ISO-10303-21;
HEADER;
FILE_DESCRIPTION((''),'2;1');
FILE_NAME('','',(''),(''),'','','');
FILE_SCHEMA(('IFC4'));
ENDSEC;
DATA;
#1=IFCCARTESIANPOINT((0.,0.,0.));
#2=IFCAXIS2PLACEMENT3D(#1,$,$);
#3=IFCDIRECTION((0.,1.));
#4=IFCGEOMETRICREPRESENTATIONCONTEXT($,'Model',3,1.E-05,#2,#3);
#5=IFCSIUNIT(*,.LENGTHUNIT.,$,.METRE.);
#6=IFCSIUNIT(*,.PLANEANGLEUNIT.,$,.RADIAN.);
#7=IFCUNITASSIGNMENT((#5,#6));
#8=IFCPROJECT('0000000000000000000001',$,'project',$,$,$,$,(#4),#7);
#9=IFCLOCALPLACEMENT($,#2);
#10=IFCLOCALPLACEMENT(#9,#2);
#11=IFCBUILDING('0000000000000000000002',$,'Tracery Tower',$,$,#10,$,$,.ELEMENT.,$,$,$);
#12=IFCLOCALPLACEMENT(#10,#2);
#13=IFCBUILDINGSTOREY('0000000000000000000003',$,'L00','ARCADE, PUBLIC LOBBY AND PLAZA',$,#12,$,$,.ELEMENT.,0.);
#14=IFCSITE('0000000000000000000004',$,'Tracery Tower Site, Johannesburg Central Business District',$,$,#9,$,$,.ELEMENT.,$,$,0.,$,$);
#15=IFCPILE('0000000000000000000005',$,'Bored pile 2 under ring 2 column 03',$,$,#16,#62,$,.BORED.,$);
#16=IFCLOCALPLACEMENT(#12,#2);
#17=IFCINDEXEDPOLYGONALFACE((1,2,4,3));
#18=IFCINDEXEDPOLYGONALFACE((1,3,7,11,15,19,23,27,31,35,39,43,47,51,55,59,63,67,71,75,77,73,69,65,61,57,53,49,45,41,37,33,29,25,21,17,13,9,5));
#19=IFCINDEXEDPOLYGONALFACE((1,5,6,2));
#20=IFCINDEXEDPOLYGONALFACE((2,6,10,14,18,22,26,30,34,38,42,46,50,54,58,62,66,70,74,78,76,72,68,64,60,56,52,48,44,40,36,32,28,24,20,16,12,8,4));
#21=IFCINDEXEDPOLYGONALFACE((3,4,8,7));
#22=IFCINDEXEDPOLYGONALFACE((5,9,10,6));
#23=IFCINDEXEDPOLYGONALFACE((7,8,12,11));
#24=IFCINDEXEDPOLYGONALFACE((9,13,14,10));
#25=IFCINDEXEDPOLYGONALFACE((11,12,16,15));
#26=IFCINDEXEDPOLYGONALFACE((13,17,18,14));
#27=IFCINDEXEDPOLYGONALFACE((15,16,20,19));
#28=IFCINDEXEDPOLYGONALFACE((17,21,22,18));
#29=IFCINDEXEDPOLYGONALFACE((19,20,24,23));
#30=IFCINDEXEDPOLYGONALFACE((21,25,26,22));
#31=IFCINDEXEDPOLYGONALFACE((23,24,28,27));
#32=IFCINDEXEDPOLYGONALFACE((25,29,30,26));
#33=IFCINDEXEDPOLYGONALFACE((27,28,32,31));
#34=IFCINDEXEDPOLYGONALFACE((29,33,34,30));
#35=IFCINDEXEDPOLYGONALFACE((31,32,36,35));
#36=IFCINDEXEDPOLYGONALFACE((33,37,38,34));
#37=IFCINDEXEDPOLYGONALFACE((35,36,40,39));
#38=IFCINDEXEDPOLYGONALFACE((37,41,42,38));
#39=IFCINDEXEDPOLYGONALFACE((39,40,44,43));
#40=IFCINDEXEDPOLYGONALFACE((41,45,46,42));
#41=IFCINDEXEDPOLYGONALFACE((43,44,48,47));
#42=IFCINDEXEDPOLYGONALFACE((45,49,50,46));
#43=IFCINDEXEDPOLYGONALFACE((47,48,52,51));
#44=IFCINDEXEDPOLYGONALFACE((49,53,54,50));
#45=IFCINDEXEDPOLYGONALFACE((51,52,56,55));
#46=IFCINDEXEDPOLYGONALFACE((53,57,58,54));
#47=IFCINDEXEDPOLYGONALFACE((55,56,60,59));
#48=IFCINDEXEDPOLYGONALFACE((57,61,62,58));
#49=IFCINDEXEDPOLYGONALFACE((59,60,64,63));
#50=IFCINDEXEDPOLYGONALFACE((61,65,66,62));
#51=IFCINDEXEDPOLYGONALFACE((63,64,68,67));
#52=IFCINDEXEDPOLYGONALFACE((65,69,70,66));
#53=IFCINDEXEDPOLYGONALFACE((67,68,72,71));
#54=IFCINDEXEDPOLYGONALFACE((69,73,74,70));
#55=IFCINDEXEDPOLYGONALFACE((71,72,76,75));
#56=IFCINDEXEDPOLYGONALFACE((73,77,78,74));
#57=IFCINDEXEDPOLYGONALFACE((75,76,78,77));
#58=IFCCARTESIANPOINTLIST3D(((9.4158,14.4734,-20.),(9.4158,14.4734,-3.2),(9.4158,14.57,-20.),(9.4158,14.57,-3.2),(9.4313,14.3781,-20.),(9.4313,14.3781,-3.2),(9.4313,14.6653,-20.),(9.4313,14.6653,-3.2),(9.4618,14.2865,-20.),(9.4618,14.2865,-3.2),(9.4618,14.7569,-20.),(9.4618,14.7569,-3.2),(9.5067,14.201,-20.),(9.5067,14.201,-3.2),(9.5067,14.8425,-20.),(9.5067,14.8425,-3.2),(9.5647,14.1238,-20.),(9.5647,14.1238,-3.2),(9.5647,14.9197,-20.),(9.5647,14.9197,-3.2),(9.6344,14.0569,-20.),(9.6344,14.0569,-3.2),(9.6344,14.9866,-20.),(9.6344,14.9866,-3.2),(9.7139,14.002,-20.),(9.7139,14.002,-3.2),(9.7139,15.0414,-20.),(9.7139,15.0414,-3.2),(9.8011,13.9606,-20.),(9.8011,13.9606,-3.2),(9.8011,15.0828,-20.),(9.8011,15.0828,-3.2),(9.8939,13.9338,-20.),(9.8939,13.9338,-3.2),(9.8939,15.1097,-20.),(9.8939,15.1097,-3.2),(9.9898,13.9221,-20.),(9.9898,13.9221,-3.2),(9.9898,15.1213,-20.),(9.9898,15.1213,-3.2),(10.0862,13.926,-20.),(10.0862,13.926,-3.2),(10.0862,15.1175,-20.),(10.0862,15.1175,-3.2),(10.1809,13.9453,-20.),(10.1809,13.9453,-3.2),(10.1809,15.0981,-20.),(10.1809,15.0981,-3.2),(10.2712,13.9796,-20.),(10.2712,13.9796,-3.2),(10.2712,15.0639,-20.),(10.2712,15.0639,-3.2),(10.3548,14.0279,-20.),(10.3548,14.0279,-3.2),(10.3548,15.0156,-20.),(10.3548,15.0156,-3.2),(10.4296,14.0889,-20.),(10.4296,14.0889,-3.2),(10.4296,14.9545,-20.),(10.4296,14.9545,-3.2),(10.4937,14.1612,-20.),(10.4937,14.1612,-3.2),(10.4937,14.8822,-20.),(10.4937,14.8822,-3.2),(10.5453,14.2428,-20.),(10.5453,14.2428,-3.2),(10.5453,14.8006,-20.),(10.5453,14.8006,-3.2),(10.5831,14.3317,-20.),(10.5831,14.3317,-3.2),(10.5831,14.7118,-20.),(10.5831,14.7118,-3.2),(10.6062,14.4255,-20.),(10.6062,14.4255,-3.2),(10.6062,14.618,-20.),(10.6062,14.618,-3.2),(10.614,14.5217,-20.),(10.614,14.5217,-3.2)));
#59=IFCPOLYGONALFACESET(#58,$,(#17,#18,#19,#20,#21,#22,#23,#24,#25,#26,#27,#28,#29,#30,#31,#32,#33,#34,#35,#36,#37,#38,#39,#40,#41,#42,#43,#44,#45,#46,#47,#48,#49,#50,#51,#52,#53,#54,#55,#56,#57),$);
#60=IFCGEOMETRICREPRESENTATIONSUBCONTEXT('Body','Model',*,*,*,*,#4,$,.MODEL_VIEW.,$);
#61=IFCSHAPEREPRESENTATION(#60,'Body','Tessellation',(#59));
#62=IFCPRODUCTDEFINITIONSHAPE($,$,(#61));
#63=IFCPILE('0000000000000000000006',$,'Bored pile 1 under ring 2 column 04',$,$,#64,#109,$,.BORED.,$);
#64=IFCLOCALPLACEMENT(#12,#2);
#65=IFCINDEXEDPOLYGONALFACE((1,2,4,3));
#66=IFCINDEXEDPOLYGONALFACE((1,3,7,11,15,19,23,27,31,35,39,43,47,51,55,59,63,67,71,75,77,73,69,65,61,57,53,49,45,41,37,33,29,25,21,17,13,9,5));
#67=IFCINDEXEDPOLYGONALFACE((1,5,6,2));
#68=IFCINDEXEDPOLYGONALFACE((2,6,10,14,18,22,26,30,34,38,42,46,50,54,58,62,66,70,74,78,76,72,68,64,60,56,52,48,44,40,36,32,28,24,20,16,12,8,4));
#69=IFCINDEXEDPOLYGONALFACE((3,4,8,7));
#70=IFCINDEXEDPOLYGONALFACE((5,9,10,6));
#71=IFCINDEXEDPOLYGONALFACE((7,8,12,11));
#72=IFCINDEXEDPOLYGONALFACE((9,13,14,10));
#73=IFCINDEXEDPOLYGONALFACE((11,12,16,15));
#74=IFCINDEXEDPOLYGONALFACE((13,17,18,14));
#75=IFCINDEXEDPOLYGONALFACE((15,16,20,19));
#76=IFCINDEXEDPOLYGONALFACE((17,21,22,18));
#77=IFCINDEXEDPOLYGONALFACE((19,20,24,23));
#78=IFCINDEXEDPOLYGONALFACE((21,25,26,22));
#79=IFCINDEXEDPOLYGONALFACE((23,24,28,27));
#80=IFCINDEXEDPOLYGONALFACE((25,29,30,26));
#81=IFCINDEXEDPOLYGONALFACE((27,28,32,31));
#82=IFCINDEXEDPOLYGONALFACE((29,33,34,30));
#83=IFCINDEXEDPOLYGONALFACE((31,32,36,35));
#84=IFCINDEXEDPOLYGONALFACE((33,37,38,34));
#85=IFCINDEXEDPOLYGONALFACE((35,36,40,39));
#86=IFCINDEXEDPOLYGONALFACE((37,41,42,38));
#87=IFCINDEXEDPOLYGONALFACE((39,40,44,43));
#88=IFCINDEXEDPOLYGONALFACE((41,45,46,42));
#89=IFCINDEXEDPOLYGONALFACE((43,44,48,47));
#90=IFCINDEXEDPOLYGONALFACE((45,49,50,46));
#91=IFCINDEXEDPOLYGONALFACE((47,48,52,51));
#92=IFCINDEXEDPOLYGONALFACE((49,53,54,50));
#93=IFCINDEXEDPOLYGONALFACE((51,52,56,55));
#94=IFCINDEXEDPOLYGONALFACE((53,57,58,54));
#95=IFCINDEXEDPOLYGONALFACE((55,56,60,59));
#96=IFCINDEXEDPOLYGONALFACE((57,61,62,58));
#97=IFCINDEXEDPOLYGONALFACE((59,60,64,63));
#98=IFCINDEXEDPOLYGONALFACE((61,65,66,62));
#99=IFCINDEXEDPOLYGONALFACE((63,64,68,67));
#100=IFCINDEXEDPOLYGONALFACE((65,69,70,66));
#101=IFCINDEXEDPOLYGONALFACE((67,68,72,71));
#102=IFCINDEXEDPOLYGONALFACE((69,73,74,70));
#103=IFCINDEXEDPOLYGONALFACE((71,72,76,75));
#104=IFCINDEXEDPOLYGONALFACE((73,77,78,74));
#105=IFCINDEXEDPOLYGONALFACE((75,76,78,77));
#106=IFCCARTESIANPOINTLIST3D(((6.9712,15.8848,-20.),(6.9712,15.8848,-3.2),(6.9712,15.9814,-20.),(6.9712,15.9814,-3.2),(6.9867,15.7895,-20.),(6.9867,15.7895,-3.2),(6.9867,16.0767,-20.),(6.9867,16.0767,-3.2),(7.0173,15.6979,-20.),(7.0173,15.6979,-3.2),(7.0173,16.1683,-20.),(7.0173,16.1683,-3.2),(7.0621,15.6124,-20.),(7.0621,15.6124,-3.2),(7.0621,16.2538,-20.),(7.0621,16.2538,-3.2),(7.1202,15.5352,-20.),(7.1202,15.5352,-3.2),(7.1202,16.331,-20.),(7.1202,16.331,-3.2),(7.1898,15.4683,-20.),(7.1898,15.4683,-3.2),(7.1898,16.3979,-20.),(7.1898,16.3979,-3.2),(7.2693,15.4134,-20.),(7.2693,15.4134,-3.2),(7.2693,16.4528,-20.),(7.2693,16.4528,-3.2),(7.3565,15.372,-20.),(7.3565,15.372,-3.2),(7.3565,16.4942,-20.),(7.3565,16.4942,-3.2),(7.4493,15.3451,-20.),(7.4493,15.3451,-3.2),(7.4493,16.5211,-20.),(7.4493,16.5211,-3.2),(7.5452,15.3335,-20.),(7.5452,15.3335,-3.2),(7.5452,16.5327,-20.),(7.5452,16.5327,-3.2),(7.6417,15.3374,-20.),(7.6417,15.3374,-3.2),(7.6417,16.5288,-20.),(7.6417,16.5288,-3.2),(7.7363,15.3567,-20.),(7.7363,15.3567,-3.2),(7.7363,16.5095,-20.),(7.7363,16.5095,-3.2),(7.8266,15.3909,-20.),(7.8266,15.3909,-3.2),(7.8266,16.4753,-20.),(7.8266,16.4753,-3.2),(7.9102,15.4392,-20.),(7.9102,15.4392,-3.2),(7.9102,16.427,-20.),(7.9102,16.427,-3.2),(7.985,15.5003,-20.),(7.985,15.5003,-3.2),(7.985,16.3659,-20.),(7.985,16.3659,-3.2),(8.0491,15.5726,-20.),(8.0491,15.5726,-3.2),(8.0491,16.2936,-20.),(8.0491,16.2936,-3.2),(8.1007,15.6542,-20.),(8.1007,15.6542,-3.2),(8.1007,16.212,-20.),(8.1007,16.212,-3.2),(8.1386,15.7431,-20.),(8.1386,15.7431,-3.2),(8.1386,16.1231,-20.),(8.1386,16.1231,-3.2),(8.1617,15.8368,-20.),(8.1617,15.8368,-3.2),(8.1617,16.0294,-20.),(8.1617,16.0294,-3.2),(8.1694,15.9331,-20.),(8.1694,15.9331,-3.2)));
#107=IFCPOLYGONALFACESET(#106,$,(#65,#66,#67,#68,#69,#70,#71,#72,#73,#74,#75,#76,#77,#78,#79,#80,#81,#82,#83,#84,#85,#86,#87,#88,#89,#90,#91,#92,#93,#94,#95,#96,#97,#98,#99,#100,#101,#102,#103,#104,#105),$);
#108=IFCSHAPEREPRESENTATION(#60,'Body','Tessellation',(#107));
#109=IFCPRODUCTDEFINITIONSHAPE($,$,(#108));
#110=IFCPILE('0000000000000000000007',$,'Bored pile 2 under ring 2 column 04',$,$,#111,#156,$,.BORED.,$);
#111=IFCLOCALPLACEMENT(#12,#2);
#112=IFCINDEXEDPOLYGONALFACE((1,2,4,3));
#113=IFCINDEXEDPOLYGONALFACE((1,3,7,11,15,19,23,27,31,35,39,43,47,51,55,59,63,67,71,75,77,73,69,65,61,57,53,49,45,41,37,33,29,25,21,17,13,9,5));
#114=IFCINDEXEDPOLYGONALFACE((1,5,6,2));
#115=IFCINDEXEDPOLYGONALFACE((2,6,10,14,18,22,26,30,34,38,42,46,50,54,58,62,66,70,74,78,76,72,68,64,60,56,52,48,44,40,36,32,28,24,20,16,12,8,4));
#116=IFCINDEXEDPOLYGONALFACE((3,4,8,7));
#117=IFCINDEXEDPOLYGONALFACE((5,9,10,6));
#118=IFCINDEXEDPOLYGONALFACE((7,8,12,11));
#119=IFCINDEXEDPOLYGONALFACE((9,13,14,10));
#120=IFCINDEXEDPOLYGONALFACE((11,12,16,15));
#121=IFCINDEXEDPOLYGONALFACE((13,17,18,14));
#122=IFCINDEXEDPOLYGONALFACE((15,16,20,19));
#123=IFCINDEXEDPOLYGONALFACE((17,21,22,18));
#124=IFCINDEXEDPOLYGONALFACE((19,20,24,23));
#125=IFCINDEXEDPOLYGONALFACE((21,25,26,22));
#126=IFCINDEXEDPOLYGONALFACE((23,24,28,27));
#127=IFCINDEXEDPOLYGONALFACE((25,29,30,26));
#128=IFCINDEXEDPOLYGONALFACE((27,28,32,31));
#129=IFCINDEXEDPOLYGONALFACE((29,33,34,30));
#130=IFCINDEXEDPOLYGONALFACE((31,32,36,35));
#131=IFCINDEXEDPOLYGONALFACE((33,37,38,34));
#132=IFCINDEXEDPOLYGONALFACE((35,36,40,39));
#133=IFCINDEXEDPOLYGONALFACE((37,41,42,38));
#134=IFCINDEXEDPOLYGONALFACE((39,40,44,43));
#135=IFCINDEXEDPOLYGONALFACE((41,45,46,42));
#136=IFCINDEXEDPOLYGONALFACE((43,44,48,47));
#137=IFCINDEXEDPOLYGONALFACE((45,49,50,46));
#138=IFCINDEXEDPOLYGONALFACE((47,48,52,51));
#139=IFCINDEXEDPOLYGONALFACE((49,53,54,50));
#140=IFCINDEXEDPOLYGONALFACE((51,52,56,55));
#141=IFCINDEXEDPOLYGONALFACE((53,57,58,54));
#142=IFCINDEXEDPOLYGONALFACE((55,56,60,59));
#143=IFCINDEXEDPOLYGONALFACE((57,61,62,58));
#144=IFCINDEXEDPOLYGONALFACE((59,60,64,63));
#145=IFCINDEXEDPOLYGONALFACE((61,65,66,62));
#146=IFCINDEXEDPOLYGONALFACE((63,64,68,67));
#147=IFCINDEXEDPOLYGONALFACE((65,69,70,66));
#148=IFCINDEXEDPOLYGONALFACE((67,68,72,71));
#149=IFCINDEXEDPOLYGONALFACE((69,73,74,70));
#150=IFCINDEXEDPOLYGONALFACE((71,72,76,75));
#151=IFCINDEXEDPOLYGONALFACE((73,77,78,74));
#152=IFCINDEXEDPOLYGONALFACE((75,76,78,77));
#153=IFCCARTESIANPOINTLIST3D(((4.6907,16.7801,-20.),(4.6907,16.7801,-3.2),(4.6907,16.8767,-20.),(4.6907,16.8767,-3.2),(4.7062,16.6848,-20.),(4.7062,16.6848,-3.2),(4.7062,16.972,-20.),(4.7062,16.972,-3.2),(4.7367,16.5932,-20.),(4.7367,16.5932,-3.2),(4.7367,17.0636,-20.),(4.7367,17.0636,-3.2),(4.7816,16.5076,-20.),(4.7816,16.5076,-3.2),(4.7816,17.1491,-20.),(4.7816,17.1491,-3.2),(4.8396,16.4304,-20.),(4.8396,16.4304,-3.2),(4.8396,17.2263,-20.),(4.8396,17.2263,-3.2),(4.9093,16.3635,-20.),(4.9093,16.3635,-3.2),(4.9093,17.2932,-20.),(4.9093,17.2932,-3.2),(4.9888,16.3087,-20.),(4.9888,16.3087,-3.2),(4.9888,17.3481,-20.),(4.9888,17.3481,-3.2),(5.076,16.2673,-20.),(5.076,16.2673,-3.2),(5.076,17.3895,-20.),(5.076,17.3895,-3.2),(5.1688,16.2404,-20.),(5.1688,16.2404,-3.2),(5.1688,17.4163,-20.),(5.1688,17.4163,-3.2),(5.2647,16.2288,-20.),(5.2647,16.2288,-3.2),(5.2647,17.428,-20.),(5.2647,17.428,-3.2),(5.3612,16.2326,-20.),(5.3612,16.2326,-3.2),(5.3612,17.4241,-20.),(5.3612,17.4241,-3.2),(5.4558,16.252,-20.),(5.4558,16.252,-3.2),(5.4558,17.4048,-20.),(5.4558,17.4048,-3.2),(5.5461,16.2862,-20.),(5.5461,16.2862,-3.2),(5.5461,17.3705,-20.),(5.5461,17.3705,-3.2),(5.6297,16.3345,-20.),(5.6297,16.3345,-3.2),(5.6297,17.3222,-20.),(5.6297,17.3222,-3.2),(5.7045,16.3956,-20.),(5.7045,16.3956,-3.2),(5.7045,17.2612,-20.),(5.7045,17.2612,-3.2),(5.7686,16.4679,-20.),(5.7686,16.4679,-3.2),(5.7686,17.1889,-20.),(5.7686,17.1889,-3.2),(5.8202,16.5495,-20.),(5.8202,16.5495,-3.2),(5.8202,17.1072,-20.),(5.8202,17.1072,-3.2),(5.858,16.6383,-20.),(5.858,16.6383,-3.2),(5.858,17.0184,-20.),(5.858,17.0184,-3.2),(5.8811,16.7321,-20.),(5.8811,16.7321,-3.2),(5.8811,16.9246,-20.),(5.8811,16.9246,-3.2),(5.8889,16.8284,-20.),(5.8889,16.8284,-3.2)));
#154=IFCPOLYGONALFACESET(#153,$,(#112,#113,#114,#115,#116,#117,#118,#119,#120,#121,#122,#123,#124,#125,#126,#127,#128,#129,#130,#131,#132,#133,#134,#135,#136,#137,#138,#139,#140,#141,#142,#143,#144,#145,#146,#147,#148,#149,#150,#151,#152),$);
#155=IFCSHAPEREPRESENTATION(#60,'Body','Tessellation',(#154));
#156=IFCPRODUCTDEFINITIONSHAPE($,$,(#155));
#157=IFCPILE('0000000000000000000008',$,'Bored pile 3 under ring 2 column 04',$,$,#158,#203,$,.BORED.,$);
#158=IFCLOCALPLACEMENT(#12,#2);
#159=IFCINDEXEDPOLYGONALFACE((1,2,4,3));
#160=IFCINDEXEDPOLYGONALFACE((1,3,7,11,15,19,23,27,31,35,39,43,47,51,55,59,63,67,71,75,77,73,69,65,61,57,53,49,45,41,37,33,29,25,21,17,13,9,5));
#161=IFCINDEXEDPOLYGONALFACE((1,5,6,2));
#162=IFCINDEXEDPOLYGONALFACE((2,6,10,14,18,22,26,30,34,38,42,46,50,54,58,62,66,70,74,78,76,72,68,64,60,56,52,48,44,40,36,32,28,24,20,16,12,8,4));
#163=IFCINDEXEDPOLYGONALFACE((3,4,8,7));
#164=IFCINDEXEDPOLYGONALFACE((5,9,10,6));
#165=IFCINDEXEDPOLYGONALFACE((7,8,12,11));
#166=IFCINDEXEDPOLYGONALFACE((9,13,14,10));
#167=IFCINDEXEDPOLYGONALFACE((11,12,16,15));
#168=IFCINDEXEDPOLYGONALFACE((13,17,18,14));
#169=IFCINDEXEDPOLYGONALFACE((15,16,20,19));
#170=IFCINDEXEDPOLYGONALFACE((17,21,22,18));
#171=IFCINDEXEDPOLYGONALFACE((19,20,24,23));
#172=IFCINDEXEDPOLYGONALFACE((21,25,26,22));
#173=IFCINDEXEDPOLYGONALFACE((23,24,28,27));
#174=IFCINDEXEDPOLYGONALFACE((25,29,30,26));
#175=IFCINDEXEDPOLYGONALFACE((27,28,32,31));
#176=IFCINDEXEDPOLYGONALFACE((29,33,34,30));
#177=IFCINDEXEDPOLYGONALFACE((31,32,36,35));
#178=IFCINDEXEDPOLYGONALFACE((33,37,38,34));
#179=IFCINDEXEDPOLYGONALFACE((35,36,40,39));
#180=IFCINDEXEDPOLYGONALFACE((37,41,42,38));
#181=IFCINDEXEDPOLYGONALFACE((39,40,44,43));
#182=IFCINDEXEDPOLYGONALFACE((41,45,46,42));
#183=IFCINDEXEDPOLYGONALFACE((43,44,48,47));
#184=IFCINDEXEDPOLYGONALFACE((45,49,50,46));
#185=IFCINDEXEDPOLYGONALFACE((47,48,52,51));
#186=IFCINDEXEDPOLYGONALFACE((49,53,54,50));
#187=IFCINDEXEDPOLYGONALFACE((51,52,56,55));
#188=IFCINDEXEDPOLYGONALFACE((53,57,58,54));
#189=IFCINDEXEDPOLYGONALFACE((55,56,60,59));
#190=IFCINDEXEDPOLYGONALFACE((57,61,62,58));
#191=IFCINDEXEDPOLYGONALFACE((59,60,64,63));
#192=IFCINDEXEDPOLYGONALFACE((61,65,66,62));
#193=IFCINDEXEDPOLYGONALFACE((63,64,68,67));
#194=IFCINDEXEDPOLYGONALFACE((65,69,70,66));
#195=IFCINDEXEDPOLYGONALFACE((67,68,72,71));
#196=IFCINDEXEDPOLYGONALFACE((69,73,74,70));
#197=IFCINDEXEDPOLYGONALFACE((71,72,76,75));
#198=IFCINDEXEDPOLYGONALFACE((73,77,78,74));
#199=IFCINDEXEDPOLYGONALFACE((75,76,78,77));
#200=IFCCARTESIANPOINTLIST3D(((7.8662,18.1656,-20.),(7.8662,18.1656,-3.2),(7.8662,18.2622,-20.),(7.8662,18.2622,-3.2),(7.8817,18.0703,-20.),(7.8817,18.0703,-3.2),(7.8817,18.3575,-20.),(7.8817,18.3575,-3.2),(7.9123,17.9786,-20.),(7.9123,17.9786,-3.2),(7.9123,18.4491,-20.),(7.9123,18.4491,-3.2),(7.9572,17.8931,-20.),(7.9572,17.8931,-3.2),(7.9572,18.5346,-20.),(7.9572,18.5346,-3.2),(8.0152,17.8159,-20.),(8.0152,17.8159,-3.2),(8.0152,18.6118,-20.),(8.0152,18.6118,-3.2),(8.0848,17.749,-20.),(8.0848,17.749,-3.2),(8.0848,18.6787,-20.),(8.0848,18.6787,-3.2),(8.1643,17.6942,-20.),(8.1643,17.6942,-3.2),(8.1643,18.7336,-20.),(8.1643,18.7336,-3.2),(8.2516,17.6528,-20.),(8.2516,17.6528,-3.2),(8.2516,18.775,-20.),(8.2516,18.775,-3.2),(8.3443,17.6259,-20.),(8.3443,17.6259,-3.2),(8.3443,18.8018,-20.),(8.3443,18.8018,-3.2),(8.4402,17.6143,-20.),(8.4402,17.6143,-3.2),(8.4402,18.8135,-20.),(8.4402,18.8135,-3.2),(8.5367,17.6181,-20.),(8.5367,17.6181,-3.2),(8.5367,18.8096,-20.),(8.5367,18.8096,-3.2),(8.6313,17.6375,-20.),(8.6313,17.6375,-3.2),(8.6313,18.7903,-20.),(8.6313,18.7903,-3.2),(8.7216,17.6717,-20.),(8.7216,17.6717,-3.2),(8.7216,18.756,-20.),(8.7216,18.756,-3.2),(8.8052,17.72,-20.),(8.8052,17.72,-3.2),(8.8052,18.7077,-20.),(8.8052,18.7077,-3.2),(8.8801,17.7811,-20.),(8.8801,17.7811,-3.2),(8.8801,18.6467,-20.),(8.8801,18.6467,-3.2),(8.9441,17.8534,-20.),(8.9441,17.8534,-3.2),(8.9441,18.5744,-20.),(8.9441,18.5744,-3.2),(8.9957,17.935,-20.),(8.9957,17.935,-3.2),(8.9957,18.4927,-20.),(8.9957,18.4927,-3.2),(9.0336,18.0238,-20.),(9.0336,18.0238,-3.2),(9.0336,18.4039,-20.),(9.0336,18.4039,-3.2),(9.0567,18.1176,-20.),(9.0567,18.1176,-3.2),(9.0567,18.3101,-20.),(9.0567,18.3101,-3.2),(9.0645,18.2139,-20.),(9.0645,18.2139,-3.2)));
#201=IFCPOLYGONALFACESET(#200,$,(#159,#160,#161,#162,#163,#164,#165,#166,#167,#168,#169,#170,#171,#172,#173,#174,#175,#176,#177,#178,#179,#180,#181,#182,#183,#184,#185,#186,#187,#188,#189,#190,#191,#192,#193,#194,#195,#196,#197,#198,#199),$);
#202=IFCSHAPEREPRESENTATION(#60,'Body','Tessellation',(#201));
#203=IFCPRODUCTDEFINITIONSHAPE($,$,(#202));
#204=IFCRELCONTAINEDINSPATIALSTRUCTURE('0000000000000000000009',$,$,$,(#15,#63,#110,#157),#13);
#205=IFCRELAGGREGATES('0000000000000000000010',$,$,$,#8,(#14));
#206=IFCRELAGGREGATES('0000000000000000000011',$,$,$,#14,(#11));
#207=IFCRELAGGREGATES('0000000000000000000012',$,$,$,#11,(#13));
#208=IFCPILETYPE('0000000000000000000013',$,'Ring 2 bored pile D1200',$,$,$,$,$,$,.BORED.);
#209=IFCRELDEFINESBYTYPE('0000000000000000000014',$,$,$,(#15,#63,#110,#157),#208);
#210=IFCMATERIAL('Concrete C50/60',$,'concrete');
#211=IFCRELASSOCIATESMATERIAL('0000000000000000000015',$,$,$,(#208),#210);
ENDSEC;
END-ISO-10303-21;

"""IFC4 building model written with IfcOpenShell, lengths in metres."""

from ifc_helpers import new_model, si_unit, direction, frame, origin, origin_2d, place, context, subcontext, project, spatial, circle, extrude, material, material_profile, profile_set, type_object, element, save


model = new_model("IFC4")

# Units and contexts
model_context = context("Model", 3, precision=1e-05, world=origin(), true_north=direction((0.0, 1.0)))
body_context = subcontext(model_context, "Body", "Model", "MODEL_VIEW")
ifc_project = project(units=[si_unit("LENGTHUNIT", "METRE"), si_unit("PLANEANGLEUNIT", "RADIAN")], contexts=[model_context])

# Site, building, storey
site_placement = place(None, origin())
site = spatial("IfcSite", under=ifc_project, at=site_placement, Name="Tracery Tower Site, Johannesburg Central Business District", CompositionType="ELEMENT", RefElevation=0.0)
building_placement = place(site_placement, origin())
building = spatial("IfcBuilding", under=site, at=building_placement, Name="Tracery Tower", CompositionType="ELEMENT")
storey_placement = place(building_placement, origin())
storey = spatial("IfcBuildingStorey", under=building, at=storey_placement, Name="L00", Description="ARCADE, PUBLIC LOBBY AND PLAZA", CompositionType="ELEMENT", Elevation=0.0)

# Piles
ifc_material_1 = material(Name="Concrete C50/60", Category="concrete")
ifc_material_profile_1 = material_profile(ifc_material_1, circle(Radius=0.6001, at=origin_2d()), Name="RC D1200")
ifc_profile_set_1 = profile_set([ifc_material_profile_1], Name="Concrete C50/60")
pile_type = type_object("IfcPileType", Name="Ring 2 bored pile D1200", PredefinedType="BORED", material=ifc_profile_set_1)
for number, where, z_axis, x_axis, name in (
    (1, (10.0139, 14.5217, -3.2), (0.0, 0.0, -1.0), (1.0, 0.0, 0.0), "Bored pile 2 under ring 2 column 03"),
    (2, (7.5693, 15.9331, -3.2), (0.0, 0.0, -1.0), (1.0, 0.0, 0.0), "Bored pile 1 under ring 2 column 04"),
    (3, (5.2888, 16.8284, -3.2), (0.0, 0.0, -1.0), (1.0, 0.0, 0.0), "Bored pile 2 under ring 2 column 04"),
    (4, (8.4644, 18.2139, -3.2), (0.0, 0.0, -1.0), (1.0, 0.0, 0.0), "Bored pile 3 under ring 2 column 04"),
):
    element("IfcPile", number, at=place(storey_placement, frame(where, z_axis=z_axis, x_axis=x_axis)), inside=storey, type_object=pile_type, Name=name, PredefinedType="BORED", context=body_context, shape_type="SweptSolid", body=[
        extrude(circle(Radius=0.6001, at=origin_2d()), origin(), (0.0, 0.0, 1.0), 16.8),
    ])

save(model, "model.ifc")
